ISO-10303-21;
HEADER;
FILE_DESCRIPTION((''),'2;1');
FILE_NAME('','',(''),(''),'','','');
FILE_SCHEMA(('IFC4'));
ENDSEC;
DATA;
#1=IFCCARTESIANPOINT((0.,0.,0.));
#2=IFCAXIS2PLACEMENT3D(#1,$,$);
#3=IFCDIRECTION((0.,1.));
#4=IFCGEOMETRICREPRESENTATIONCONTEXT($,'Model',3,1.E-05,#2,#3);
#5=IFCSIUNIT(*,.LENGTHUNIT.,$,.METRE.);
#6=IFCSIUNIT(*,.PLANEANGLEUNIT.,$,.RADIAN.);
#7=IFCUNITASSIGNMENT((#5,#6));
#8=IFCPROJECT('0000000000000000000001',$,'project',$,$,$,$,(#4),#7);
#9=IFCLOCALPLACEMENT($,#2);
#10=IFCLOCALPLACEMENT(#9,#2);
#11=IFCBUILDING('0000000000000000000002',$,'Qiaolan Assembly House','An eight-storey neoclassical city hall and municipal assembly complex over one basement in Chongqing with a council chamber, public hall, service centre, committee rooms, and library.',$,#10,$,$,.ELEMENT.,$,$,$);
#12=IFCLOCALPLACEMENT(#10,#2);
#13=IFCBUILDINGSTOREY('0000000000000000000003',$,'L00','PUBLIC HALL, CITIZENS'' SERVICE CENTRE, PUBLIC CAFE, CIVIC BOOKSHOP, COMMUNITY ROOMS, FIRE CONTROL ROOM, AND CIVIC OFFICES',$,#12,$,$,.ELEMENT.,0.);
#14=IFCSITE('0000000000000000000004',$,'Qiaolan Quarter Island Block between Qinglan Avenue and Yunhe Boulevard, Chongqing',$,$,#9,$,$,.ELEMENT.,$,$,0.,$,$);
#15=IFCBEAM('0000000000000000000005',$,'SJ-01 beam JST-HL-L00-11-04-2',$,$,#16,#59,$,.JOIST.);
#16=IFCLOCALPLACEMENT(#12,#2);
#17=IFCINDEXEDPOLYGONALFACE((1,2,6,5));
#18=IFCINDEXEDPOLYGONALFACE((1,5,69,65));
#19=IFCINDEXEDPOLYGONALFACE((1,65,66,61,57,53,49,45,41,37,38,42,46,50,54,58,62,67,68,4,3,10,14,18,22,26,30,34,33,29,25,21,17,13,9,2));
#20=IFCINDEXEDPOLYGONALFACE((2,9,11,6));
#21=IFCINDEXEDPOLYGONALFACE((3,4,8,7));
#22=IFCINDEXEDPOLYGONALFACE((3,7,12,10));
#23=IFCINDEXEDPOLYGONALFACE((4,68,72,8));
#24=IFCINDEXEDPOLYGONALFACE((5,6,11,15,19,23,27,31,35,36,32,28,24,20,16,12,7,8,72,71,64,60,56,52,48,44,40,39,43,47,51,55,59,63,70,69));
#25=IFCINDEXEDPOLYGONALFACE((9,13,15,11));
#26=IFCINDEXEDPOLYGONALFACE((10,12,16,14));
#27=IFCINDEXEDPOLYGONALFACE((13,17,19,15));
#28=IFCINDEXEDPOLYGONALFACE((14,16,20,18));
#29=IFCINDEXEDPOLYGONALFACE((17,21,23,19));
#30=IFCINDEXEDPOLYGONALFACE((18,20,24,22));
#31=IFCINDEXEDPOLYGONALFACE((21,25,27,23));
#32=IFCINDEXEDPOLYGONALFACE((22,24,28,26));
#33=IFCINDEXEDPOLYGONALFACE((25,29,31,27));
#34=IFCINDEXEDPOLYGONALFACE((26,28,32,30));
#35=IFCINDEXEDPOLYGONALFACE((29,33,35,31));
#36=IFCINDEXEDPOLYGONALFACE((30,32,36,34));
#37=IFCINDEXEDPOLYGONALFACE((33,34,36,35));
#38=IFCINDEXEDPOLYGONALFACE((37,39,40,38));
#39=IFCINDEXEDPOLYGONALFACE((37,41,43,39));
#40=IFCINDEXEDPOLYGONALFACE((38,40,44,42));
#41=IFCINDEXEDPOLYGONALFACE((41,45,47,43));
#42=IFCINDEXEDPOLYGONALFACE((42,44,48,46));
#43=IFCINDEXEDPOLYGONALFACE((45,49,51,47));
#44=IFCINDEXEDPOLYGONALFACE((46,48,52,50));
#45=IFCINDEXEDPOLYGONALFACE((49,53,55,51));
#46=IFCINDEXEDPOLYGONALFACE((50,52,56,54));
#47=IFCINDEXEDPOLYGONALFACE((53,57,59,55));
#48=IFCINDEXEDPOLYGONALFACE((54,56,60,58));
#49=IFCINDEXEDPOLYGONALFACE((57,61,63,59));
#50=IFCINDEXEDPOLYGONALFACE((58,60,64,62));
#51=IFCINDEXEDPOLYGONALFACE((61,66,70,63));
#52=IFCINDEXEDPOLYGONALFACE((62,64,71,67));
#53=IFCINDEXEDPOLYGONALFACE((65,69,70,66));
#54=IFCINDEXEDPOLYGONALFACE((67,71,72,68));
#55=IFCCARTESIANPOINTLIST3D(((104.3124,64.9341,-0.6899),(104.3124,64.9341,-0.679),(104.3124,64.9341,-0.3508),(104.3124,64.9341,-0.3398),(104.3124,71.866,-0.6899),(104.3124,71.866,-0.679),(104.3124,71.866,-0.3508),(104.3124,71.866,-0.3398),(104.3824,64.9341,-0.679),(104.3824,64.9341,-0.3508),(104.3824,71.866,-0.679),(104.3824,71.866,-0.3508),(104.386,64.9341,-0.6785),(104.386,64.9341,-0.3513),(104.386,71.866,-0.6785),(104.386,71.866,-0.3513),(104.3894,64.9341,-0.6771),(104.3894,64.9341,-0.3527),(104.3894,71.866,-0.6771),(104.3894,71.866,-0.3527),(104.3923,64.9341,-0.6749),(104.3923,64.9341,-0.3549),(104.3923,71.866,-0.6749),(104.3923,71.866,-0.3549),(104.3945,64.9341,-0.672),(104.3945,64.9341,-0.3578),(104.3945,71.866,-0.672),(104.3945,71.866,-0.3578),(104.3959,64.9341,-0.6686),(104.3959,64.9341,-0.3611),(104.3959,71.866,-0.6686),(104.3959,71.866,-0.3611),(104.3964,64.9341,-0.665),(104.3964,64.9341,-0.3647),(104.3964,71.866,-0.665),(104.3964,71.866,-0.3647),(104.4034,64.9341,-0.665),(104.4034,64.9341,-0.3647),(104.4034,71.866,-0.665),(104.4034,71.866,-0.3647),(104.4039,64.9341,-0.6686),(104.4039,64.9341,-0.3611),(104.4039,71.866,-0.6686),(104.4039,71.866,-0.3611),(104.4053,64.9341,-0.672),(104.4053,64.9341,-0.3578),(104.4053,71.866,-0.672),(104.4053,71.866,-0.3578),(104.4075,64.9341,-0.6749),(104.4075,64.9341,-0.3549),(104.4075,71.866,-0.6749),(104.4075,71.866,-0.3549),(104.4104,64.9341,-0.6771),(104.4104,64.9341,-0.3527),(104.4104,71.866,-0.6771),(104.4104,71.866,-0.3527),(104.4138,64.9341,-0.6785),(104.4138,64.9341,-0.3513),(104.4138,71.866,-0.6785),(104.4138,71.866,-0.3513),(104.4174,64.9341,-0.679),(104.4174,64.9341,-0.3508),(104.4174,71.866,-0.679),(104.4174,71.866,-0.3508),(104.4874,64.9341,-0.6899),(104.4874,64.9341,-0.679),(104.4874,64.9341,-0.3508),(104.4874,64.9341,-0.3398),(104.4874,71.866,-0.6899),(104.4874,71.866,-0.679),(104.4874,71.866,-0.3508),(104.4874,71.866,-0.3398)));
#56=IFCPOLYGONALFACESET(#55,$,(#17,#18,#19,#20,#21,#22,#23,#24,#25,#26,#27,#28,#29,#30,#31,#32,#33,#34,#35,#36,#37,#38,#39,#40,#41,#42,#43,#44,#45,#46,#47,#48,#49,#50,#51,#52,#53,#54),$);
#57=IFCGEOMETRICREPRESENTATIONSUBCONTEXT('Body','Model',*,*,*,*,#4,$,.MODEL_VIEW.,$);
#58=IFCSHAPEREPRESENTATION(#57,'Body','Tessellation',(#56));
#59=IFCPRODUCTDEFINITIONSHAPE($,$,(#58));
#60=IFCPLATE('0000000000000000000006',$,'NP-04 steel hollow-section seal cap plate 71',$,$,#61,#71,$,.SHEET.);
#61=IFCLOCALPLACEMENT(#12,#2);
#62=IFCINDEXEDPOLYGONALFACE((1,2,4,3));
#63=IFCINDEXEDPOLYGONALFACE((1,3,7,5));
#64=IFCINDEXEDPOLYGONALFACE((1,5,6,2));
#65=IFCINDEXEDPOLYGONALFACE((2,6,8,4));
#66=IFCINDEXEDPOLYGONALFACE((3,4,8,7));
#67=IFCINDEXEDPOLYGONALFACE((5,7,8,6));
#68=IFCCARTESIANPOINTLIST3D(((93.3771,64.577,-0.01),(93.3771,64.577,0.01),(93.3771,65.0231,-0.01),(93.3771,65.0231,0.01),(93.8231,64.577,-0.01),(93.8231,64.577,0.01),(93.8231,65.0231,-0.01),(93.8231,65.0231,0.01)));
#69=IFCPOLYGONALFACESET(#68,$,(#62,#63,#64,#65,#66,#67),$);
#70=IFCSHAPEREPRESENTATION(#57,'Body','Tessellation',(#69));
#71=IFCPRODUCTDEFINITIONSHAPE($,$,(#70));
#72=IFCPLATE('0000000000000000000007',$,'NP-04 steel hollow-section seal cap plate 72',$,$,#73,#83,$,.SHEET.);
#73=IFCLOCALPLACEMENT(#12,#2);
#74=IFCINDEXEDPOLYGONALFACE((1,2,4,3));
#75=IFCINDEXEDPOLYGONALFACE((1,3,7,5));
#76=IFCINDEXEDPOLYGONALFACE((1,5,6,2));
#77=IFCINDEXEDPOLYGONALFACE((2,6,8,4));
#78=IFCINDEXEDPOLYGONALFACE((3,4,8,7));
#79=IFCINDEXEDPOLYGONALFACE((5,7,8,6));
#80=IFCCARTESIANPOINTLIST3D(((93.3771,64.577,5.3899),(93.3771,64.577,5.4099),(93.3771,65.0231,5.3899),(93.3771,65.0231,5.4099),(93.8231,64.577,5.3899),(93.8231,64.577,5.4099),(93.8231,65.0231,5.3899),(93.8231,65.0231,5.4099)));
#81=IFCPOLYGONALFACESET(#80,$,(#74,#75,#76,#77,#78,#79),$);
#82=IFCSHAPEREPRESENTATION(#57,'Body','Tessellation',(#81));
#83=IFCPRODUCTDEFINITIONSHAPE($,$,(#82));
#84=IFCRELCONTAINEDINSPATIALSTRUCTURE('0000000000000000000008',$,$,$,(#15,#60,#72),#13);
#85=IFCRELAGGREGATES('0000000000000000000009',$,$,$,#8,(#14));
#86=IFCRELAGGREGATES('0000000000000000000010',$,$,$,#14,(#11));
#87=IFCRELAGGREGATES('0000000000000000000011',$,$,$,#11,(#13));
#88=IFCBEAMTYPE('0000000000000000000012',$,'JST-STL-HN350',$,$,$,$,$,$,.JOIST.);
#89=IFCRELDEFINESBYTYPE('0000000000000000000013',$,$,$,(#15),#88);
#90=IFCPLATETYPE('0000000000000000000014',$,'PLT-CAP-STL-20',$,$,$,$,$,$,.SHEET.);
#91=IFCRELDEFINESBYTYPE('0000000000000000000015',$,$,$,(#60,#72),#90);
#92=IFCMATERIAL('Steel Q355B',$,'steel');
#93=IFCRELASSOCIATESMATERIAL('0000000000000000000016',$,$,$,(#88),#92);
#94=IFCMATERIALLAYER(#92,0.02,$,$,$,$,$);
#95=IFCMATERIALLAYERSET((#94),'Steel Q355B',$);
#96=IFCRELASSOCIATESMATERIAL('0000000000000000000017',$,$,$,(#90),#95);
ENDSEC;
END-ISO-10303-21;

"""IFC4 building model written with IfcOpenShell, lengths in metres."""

from ifc_helpers import new_model, si_unit, direction, frame, origin, origin_2d, place, context, subcontext, project, spatial, rectangle, i_section, extrude, material, layer, layer_set, material_profile, profile_set, type_object, element, save


model = new_model("IFC4")

# Units and contexts
model_context = context("Model", 3, precision=1e-05, world=origin(), true_north=direction((0.0, 1.0)))
body_context = subcontext(model_context, "Body", "Model", "MODEL_VIEW")
ifc_project = project(units=[si_unit("LENGTHUNIT", "METRE"), si_unit("PLANEANGLEUNIT", "RADIAN")], contexts=[model_context])

# Site, building, storey
site_placement = place(None, origin())
site = spatial("IfcSite", under=ifc_project, at=site_placement, Name="Qiaolan Quarter Island Block between Qinglan Avenue and Yunhe Boulevard, Chongqing", CompositionType="ELEMENT", RefElevation=0.0)
building_placement = place(site_placement, origin())
building = spatial("IfcBuilding", under=site, at=building_placement, Name="Qiaolan Assembly House", Description="An eight-storey neoclassical city hall and municipal assembly complex over one basement in Chongqing with a council chamber, public hall, service centre, committee rooms, and library.", CompositionType="ELEMENT")
storey_placement = place(building_placement, origin())
storey = spatial("IfcBuildingStorey", under=building, at=storey_placement, Name="L00", Description="PUBLIC HALL, CITIZENS' SERVICE CENTRE, PUBLIC CAFE, CIVIC BOOKSHOP, COMMUNITY ROOMS, FIRE CONTROL ROOM, AND CIVIC OFFICES", CompositionType="ELEMENT", Elevation=0.0)

# Shared definitions
ifc_material = material(Name="Steel Q355B", Category="steel")

# Beam
ifc_material_profile_1 = material_profile(ifc_material, i_section(OverallWidth=0.175, OverallDepth=0.3501, WebThickness=0.0071, FlangeThickness=0.011, FilletRadius=0.0139, at=origin_2d()), Name="HN 350x175x7x11")
ifc_profile_set_1 = profile_set([ifc_material_profile_1], Name="Steel Q355B")
beam_type_1 = type_object("IfcBeamType", Name="JST-STL-HN350", PredefinedType="JOIST", material=ifc_profile_set_1)
for number, where, z_axis, x_axis, name in (
    (1, (104.3999, 64.9341, -0.5149), (0.0, 1.0, 0.0), (-1.0, 0.0, 0.0), "SJ-01 beam JST-HL-L00-11-04-2"),
):
    element("IfcBeam", number, at=place(storey_placement, frame(where, z_axis=z_axis, x_axis=x_axis)), inside=storey, type_object=beam_type_1, Name=name, PredefinedType="JOIST", context=body_context, shape_type="SweptSolid", body=[
        extrude(i_section(OverallWidth=0.175, OverallDepth=0.3501, WebThickness=0.0071, FlangeThickness=0.011, FilletRadius=0.0139, at=origin_2d()), origin(), (0.0, 0.0, 1.0), 6.9319),
    ])

# Plates
ifc_layer = layer(ifc_material, 0.02)
ifc_layer_set = layer_set([ifc_layer], Name="Steel Q355B")
plate_type = type_object("IfcPlateType", Name="PLT-CAP-STL-20", PredefinedType="SHEET", material=ifc_layer_set)
for number, where, z_axis, x_axis, name in (
    (2, (93.6001, 64.8, -0.01), (0.0, 0.0, 1.0), (1.0, 0.0, 0.0), "NP-04 steel hollow-section seal cap plate 71"),
    (3, (93.6001, 64.8, 5.3899), (0.0, 0.0, 1.0), (1.0, 0.0, 0.0), "NP-04 steel hollow-section seal cap plate 72"),
):
    element("IfcPlate", number, at=place(storey_placement, frame(where, z_axis=z_axis, x_axis=x_axis)), inside=storey, type_object=plate_type, Name=name, PredefinedType="SHEET", context=body_context, shape_type="SweptSolid", body=[
        extrude(rectangle(XDim=0.446, YDim=0.446, at=origin_2d()), origin(), (0.0, 0.0, 1.0), 0.02),
    ])

save(model, "model.ifc")
